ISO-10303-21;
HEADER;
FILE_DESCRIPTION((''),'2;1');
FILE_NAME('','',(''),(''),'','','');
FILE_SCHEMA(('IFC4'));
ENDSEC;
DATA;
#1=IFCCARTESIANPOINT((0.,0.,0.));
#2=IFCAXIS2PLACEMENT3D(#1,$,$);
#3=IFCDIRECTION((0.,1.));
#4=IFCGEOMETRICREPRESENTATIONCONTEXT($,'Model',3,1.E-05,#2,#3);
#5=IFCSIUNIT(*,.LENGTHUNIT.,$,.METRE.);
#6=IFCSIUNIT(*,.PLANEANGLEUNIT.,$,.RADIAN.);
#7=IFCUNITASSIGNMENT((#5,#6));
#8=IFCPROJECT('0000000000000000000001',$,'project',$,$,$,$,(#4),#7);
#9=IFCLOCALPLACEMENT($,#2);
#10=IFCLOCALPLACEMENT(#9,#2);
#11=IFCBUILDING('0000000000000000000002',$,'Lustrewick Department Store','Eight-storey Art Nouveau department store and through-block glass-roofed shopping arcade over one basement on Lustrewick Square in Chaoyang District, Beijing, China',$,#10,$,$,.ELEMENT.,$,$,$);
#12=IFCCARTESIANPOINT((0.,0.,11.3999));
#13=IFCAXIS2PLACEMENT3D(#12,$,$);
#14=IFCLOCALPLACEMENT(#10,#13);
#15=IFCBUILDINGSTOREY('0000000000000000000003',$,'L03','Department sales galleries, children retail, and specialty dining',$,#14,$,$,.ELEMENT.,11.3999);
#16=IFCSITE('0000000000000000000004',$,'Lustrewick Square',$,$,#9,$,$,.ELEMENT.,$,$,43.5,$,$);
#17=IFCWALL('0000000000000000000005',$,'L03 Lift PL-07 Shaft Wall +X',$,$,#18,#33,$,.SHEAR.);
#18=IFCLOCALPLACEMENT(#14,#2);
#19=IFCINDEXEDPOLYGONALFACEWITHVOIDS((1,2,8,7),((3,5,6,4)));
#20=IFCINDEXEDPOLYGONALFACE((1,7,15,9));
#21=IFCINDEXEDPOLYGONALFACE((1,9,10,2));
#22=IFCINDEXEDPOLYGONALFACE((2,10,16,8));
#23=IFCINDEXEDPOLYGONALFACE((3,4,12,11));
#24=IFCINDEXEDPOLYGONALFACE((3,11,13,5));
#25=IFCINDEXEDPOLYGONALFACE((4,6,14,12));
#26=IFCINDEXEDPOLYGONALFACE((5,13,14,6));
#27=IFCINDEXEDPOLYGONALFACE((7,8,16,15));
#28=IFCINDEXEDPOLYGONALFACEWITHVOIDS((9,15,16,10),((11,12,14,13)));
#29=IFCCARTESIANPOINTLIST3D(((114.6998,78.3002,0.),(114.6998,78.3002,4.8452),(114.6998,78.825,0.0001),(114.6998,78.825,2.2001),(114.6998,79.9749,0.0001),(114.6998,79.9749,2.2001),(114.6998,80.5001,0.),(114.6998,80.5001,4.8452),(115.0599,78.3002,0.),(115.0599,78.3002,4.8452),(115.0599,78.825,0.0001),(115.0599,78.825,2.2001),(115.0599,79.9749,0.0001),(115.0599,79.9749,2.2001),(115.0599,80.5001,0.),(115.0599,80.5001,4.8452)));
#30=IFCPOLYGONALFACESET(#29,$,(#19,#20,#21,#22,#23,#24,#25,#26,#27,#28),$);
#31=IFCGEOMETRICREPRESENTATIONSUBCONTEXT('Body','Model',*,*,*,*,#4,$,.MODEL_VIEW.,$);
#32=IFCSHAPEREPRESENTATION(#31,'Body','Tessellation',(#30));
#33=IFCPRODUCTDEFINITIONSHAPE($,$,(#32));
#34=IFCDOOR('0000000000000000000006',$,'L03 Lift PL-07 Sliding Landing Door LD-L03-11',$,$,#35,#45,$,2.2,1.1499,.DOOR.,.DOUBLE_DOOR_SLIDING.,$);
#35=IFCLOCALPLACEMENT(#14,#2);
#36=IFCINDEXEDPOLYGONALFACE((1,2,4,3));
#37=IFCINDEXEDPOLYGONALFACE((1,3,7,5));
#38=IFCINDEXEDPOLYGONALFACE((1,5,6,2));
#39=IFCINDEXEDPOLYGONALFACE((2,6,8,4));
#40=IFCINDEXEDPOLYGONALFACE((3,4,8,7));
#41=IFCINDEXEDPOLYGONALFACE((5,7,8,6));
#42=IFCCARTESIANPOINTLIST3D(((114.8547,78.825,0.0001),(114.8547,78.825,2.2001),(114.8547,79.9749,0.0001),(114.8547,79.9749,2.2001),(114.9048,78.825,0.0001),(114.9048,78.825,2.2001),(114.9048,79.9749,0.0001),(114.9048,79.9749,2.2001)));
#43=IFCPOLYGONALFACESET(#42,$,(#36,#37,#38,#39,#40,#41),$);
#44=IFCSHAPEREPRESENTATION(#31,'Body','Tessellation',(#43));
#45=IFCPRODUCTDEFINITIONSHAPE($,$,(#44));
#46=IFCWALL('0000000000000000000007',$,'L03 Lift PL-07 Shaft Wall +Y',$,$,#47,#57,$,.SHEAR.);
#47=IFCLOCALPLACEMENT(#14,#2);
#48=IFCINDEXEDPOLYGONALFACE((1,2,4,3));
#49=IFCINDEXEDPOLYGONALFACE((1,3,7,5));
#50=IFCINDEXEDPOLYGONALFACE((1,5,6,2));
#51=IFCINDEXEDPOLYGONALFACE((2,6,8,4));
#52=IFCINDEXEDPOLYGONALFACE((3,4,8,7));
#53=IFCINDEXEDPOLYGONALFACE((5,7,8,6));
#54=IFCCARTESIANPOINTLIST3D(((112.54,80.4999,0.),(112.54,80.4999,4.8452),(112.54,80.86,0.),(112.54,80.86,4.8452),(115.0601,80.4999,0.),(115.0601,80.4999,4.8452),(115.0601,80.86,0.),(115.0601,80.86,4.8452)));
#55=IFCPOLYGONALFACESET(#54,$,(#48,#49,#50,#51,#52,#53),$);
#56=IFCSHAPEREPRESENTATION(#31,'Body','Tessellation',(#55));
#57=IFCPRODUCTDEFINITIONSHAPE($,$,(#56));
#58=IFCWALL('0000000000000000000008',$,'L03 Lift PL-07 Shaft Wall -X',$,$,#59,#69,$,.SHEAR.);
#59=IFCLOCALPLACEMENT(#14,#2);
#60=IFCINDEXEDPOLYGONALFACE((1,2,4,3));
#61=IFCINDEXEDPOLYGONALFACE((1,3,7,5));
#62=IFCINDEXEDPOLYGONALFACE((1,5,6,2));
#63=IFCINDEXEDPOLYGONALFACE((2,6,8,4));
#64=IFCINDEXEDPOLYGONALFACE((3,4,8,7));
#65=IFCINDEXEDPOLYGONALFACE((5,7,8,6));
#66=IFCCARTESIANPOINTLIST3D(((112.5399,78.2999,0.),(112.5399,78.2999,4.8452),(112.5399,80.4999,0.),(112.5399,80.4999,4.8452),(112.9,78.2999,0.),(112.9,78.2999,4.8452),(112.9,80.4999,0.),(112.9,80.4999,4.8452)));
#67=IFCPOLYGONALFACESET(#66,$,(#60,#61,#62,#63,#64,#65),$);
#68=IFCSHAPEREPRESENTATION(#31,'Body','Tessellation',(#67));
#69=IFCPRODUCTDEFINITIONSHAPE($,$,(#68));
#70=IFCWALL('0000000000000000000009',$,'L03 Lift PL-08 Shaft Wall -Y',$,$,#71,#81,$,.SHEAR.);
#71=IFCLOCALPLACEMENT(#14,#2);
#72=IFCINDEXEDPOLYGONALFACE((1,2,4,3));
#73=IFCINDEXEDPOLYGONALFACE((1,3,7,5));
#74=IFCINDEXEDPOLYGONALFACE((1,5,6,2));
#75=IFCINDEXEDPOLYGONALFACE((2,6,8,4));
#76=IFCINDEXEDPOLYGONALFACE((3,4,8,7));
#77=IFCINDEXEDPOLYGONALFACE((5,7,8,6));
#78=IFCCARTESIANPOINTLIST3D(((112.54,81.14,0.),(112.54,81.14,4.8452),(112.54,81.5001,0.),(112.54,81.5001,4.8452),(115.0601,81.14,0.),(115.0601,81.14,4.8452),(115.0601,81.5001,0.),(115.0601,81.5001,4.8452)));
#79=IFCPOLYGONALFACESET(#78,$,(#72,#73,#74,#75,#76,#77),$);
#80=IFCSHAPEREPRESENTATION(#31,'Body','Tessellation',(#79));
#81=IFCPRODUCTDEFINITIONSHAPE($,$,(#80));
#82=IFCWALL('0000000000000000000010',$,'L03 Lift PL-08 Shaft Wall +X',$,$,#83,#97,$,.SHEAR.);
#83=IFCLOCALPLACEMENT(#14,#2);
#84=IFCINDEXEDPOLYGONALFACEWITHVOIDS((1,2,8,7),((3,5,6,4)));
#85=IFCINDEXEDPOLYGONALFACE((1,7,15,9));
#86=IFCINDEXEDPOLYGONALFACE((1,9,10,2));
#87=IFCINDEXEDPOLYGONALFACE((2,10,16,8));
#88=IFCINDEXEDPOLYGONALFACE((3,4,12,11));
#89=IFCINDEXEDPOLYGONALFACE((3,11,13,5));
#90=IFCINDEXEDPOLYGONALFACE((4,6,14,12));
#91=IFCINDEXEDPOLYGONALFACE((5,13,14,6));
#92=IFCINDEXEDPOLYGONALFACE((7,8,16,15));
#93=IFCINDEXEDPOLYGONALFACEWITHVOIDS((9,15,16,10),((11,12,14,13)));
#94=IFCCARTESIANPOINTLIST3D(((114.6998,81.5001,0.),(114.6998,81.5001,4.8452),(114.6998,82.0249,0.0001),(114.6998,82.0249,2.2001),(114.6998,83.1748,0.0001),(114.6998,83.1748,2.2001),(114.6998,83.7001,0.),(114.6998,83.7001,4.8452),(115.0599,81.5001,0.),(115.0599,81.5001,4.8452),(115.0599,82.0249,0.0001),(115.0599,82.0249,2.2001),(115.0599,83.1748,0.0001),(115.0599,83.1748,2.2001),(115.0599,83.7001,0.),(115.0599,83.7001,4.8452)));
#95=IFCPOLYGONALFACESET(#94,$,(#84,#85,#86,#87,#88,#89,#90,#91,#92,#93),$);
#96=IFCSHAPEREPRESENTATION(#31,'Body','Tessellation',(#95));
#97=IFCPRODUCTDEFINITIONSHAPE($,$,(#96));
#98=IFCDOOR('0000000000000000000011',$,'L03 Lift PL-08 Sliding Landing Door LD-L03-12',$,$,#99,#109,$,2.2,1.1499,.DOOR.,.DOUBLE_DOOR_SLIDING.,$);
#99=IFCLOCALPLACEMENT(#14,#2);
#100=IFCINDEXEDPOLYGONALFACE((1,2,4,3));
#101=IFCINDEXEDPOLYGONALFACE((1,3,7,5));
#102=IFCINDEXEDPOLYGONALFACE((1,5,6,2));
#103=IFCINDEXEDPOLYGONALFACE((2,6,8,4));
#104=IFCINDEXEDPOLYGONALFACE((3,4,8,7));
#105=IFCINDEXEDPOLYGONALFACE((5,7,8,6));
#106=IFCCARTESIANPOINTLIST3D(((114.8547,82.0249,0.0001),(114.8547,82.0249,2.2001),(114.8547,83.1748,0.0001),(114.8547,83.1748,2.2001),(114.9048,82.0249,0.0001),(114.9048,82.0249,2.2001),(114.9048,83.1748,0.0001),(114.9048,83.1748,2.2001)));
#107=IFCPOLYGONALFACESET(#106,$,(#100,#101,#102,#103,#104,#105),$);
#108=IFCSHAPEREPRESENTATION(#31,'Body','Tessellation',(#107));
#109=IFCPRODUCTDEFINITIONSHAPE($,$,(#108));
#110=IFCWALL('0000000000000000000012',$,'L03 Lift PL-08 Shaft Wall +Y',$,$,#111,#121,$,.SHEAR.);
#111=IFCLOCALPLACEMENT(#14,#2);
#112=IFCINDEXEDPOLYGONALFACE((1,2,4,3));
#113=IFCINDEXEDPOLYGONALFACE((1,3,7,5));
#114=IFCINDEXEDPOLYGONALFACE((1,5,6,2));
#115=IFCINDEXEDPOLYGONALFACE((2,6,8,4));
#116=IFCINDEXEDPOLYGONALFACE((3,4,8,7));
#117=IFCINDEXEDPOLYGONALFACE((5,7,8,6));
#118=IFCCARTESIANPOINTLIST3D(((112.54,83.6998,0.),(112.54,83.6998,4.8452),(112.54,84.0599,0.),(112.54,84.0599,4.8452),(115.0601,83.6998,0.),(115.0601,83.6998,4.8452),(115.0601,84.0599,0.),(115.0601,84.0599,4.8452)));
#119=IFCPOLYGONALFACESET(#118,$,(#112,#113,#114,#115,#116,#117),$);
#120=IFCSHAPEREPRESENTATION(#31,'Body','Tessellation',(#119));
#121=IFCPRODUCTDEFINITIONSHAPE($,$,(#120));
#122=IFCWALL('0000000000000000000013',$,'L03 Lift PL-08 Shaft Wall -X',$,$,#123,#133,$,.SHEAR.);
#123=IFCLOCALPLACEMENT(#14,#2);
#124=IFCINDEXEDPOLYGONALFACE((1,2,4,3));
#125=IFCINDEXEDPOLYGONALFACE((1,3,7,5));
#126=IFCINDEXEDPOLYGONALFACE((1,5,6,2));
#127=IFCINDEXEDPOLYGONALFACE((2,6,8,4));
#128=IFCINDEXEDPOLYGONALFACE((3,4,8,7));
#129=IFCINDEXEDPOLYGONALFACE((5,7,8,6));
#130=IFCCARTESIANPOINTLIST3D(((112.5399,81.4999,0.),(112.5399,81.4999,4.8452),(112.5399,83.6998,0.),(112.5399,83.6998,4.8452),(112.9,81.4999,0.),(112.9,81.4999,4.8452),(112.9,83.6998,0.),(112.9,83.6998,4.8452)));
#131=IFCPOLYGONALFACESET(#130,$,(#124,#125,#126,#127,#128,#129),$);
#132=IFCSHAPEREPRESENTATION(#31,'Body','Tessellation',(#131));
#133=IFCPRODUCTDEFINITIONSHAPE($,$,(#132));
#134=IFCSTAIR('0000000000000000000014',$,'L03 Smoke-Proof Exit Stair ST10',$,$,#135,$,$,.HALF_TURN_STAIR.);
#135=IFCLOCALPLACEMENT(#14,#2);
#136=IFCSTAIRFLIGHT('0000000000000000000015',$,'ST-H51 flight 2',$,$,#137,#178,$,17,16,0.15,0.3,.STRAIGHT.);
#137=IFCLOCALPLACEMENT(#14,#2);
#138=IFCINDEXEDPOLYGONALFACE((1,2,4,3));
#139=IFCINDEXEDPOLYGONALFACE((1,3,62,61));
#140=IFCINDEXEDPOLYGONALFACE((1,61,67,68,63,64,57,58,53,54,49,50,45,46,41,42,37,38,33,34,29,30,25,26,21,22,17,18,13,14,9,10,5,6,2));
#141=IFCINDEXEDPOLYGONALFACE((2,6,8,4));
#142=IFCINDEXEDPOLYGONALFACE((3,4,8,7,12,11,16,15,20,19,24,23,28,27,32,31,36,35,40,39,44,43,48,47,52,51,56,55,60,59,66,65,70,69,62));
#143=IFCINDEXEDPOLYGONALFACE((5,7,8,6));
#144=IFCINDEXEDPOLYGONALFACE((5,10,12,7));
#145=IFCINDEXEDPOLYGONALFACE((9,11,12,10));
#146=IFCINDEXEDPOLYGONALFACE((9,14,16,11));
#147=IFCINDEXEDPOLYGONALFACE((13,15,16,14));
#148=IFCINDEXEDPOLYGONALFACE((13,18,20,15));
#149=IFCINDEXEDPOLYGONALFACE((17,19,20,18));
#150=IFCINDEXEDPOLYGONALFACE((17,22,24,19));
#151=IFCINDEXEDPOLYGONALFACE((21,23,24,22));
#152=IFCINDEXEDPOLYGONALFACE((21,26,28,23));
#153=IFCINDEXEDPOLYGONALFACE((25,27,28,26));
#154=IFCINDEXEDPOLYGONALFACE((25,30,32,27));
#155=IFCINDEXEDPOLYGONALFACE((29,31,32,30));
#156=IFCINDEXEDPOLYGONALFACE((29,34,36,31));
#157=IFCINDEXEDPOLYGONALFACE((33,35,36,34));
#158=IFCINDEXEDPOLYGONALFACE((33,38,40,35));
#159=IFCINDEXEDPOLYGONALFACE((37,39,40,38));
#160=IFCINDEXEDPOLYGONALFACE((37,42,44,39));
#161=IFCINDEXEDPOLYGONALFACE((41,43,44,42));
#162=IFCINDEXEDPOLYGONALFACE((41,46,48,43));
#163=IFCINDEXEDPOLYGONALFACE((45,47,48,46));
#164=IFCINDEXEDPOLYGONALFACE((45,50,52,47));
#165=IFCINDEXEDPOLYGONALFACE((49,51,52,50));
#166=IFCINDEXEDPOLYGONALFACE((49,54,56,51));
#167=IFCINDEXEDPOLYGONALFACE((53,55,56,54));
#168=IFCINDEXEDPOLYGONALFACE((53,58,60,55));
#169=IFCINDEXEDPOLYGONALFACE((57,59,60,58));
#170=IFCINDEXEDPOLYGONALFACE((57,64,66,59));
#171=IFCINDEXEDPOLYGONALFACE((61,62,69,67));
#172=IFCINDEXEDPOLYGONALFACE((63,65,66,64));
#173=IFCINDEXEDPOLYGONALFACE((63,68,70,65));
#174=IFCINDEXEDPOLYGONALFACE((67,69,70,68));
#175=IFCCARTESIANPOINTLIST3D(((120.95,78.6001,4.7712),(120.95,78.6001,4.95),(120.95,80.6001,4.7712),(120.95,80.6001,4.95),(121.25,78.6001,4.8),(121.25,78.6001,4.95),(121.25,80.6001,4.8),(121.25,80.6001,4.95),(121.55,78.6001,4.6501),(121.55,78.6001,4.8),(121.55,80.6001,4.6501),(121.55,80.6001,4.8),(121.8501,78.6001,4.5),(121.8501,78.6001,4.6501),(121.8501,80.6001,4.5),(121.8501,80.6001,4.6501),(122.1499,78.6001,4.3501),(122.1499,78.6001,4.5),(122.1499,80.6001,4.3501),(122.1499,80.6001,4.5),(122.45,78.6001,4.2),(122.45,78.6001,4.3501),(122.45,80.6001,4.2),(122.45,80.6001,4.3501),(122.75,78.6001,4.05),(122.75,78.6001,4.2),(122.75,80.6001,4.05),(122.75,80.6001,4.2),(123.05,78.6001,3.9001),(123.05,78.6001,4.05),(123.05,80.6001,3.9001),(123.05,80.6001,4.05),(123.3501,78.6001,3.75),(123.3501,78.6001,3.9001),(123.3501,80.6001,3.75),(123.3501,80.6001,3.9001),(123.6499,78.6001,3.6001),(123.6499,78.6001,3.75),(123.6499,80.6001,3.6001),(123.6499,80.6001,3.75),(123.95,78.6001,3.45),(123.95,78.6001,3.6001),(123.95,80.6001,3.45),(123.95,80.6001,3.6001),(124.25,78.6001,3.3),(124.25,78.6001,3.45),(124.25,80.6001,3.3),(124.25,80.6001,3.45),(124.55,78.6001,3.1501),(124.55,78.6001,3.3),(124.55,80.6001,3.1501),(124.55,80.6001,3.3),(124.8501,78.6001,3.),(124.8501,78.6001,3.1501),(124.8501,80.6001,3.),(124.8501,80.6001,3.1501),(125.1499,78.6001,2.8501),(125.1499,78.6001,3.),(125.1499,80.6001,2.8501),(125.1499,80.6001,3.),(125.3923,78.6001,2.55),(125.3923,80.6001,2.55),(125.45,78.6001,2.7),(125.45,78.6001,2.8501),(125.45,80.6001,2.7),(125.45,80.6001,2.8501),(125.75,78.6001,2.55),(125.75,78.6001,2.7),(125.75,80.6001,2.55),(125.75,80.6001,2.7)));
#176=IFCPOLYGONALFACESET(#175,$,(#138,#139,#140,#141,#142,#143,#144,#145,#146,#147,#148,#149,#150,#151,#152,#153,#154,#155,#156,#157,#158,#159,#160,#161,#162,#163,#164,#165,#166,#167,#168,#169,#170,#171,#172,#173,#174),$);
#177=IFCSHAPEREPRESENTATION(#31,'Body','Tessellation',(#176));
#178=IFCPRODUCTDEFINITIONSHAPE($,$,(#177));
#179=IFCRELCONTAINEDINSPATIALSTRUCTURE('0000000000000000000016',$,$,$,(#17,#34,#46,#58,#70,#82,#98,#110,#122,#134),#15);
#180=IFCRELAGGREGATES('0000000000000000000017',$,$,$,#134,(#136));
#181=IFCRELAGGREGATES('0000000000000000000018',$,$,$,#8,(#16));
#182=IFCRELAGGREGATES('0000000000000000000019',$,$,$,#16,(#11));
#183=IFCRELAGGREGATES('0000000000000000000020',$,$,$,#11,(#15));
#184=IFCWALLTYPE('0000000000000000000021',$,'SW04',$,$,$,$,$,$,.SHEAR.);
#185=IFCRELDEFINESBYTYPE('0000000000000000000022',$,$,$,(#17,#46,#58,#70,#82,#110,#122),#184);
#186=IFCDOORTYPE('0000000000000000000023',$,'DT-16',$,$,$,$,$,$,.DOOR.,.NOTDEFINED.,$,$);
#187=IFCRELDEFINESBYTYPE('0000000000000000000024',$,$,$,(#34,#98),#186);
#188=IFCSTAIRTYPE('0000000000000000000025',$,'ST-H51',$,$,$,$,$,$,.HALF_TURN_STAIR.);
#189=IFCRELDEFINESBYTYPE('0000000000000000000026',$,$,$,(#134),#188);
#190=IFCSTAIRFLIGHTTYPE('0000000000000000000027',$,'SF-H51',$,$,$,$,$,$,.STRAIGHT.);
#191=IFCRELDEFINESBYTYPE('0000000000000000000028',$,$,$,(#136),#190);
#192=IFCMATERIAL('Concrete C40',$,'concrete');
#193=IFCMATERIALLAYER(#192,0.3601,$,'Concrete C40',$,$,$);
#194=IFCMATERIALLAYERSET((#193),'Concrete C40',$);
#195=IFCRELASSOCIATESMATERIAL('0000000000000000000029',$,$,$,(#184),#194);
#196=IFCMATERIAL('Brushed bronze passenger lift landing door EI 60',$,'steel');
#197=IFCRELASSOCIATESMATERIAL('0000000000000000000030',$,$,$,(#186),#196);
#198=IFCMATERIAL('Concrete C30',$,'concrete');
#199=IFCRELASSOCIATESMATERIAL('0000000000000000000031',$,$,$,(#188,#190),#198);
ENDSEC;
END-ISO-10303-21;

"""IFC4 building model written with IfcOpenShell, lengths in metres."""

from ifc_helpers import new_model, si_unit, direction, frame, frame_2d, origin, place, context, subcontext, project, spatial, polyline, rectangle, outline, extrude, material, layer, layer_set, type_object, element, fill, aggregate, save


model = new_model("IFC4")

# Units and contexts
model_context = context("Model", 3, precision=1e-05, world=origin(), true_north=direction((0.0, 1.0)))
body_context = subcontext(model_context, "Body", "Model", "MODEL_VIEW")
ifc_project = project(units=[si_unit("LENGTHUNIT", "METRE"), si_unit("PLANEANGLEUNIT", "RADIAN")], contexts=[model_context])

# Site, building, storey
site_placement = place(None, origin())
site = spatial("IfcSite", under=ifc_project, at=site_placement, Name="Lustrewick Square", CompositionType="ELEMENT", RefElevation=43.5)
building_placement = place(site_placement, origin())
building = spatial("IfcBuilding", under=site, at=building_placement, Name="Lustrewick Department Store", Description="Eight-storey Art Nouveau department store and through-block glass-roofed shopping arcade over one basement on Lustrewick Square in Chaoyang District, Beijing, China", CompositionType="ELEMENT")
storey_placement = place(building_placement, frame((0.0, 0.0, 11.3999)))
storey = spatial("IfcBuildingStorey", under=building, at=storey_placement, Name="L03", Description="Department sales galleries, children retail, and specialty dining", CompositionType="ELEMENT", Elevation=11.3999)

# Wall, opening, door
ifc_material_1 = material(Name="Concrete C40", Category="concrete")
ifc_layer_1 = layer(ifc_material_1, 0.3601, Name="Concrete C40")
ifc_layer_set_1 = layer_set([ifc_layer_1], Name="Concrete C40")
wall_type_1 = type_object("IfcWallType", Name="SW04", PredefinedType="SHEAR", material=ifc_layer_set_1)
wall_1_placement = place(storey_placement, frame((114.8799, 78.3, 0.0), z_axis=(0.0, 0.0, 1.0), x_axis=(0.0, 1.0, 0.0)))
wall_1 = element("IfcWall", 1, at=wall_1_placement, inside=storey, type_object=wall_type_1, Name="L03 Lift PL-07 Shaft Wall +X", PredefinedType="SHEAR", context=body_context, shape_type="SweptSolid", body=[
    extrude(rectangle(XDim=2.2, YDim=0.3601, at=frame_2d((1.1001, 0.0))), origin(), (0.0, 0.0, 1.0), 4.8452),
])
opening_1_placement = place(wall_1_placement, frame((0.5249, 0.0, 0.0)))
opening_1 = element("IfcOpeningElement", 2, at=opening_1_placement, cuts=wall_1, PredefinedType="OPENING", context=body_context, shape_type="SweptSolid", body=[
    extrude(rectangle(XDim=1.1499, YDim=2.2, at=frame_2d((0.575, 1.1001))), frame((0.0, 0.1899, 0.0), z_axis=(0.0, -1.0, 0.0), x_axis=(1.0, 0.0, 0.0)), (0.0, 0.0, 1.0), 0.3801),
])
ifc_material_2 = material(Name="Brushed bronze passenger lift landing door EI 60", Category="steel")
door_type_1 = type_object("IfcDoorType", Name="DT-16", OperationType="NOTDEFINED", PredefinedType="DOOR", material=ifc_material_2)
door_1_placement = place(opening_1_placement, frame((1.1499, 0.0, 0.0), z_axis=(0.0, 0.0, 1.0), x_axis=(-1.0, 0.0, 0.0)))
door_1 = element("IfcDoor", 3, at=door_1_placement, inside=storey, type_object=door_type_1, Name="L03 Lift PL-07 Sliding Landing Door LD-L03-11", OperationType="DOUBLE_DOOR_SLIDING", OverallHeight=2.2, OverallWidth=1.1499, PredefinedType="DOOR", context=body_context, shape_type="SweptSolid", body=[
    extrude(rectangle(XDim=1.1499, YDim=2.2, at=frame_2d((0.575, 1.1001))), frame((0.0, 0.0249, 0.0), z_axis=(0.0, -1.0, 0.0), x_axis=(1.0, 0.0, 0.0)), (0.0, 0.0, 1.0), 0.05),
])
fill(opening_1, door_1)

# Walls
wall_2_placement = place(storey_placement, frame((115.0601, 80.6799, 0.0), z_axis=(0.0, 0.0, 1.0), x_axis=(-1.0, 0.0, 0.0)))
element("IfcWall", 4, at=wall_2_placement, inside=storey, type_object=wall_type_1, Name="L03 Lift PL-07 Shaft Wall +Y", PredefinedType="SHEAR", context=body_context, shape_type="SweptSolid", body=[
    extrude(rectangle(XDim=2.52, YDim=0.3601, at=frame_2d((1.26, 0.0))), origin(), (0.0, 0.0, 1.0), 4.8452),
])
wall_3_placement = place(storey_placement, frame((112.72, 80.5, 0.0), z_axis=(0.0, 0.0, 1.0), x_axis=(0.0, -1.0, 0.0)))
element("IfcWall", 5, at=wall_3_placement, inside=storey, type_object=wall_type_1, Name="L03 Lift PL-07 Shaft Wall -X", PredefinedType="SHEAR", context=body_context, shape_type="SweptSolid", body=[
    extrude(rectangle(XDim=2.2, YDim=0.3601, at=frame_2d((1.1001, 0.0))), origin(), (0.0, 0.0, 1.0), 4.8452),
])
wall_4_placement = place(storey_placement, frame((112.54, 81.3201, 0.0), z_axis=(0.0, 0.0, 1.0), x_axis=(1.0, 0.0, 0.0)))
element("IfcWall", 6, at=wall_4_placement, inside=storey, type_object=wall_type_1, Name="L03 Lift PL-08 Shaft Wall -Y", PredefinedType="SHEAR", context=body_context, shape_type="SweptSolid", body=[
    extrude(rectangle(XDim=2.52, YDim=0.3601, at=frame_2d((1.26, 0.0))), origin(), (0.0, 0.0, 1.0), 4.8452),
])

# Wall, opening, door
wall_5_placement = place(storey_placement, frame((114.8799, 81.5, 0.0), z_axis=(0.0, 0.0, 1.0), x_axis=(0.0, 1.0, 0.0)))
wall_5 = element("IfcWall", 7, at=wall_5_placement, inside=storey, type_object=wall_type_1, Name="L03 Lift PL-08 Shaft Wall +X", PredefinedType="SHEAR", context=body_context, shape_type="SweptSolid", body=[
    extrude(rectangle(XDim=2.2, YDim=0.3601, at=frame_2d((1.1001, 0.0))), origin(), (0.0, 0.0, 1.0), 4.8452),
])
opening_2_placement = place(wall_5_placement, frame((0.5249, 0.0, 0.0)))
opening_2 = element("IfcOpeningElement", 8, at=opening_2_placement, cuts=wall_5, PredefinedType="OPENING", context=body_context, shape_type="SweptSolid", body=[
    extrude(rectangle(XDim=1.1499, YDim=2.2, at=frame_2d((0.575, 1.1001))), frame((0.0, 0.1899, 0.0), z_axis=(0.0, -1.0, 0.0), x_axis=(1.0, 0.0, 0.0)), (0.0, 0.0, 1.0), 0.3801),
])
door_2_placement = place(opening_2_placement, frame((1.1499, 0.0, 0.0), z_axis=(0.0, 0.0, 1.0), x_axis=(-1.0, 0.0, 0.0)))
door_2 = element("IfcDoor", 9, at=door_2_placement, inside=storey, type_object=door_type_1, Name="L03 Lift PL-08 Sliding Landing Door LD-L03-12", OperationType="DOUBLE_DOOR_SLIDING", OverallHeight=2.2, OverallWidth=1.1499, PredefinedType="DOOR", context=body_context, shape_type="SweptSolid", body=[
    extrude(rectangle(XDim=1.1499, YDim=2.2, at=frame_2d((0.575, 1.1001))), frame((0.0, 0.0249, 0.0), z_axis=(0.0, -1.0, 0.0), x_axis=(1.0, 0.0, 0.0)), (0.0, 0.0, 1.0), 0.05),
])
fill(opening_2, door_2)

# Walls
wall_6_placement = place(storey_placement, frame((115.0601, 83.8799, 0.0), z_axis=(0.0, 0.0, 1.0), x_axis=(-1.0, 0.0, 0.0)))
element("IfcWall", 10, at=wall_6_placement, inside=storey, type_object=wall_type_1, Name="L03 Lift PL-08 Shaft Wall +Y", PredefinedType="SHEAR", context=body_context, shape_type="SweptSolid", body=[
    extrude(rectangle(XDim=2.52, YDim=0.3601, at=frame_2d((1.26, 0.0))), origin(), (0.0, 0.0, 1.0), 4.8452),
])
wall_7_placement = place(storey_placement, frame((112.72, 83.7, 0.0), z_axis=(0.0, 0.0, 1.0), x_axis=(0.0, -1.0, 0.0)))
element("IfcWall", 11, at=wall_7_placement, inside=storey, type_object=wall_type_1, Name="L03 Lift PL-08 Shaft Wall -X", PredefinedType="SHEAR", context=body_context, shape_type="SweptSolid", body=[
    extrude(rectangle(XDim=2.2, YDim=0.3601, at=frame_2d((1.1001, 0.0))), origin(), (0.0, 0.0, 1.0), 4.8452),
])

# Stair, stair flight
ifc_material_3 = material(Name="Concrete C30", Category="concrete")
stair_type = type_object("IfcStairType", Name="ST-H51", PredefinedType="HALF_TURN_STAIR", material=ifc_material_3)
stair_placement = place(storey_placement, origin())
stair = element("IfcStair", 12, at=stair_placement, inside=storey, type_object=stair_type, Name="L03 Smoke-Proof Exit Stair ST10", PredefinedType="HALF_TURN_STAIR")
stair_flight_type = type_object("IfcStairFlightType", Name="SF-H51", PredefinedType="STRAIGHT", material=ifc_material_3)
stair_flight_placement = place(storey_placement, frame((125.75, 79.6001, 2.55), z_axis=(0.0, 0.0, 1.0), x_axis=(-1.0, 0.0, 0.0)))
stair_flight = element("IfcStairFlight", 13, at=stair_flight_placement, type_object=stair_flight_type, Name="ST-H51 flight 2", NumberOfRisers=17, NumberOfTreads=16, PredefinedType="STRAIGHT", RiserHeight=0.15, TreadLength=0.3, context=body_context, shape_type="SweptSolid", body=[
    extrude(outline(polyline([(0.0, 0.0), (0.0, 0.1499), (0.3, 0.1499), (0.3, 0.3), (0.6001, 0.3), (0.6001, 0.45), (0.8999, 0.45), (0.8999, 0.6001), (1.2, 0.6001), (1.2, 0.75), (1.5, 0.75), (1.5, 0.8999), (1.8, 0.8999), (1.8, 1.05), (2.1001, 1.05), (2.1001, 1.2), (2.3999, 1.2), (2.3999, 1.3501), (2.7, 1.3501), (2.7, 1.5), (3.0, 1.5), (3.0, 1.6499), (3.3, 1.6499), (3.3, 1.8), (3.6001, 1.8), (3.6001, 1.95), (3.8999, 1.95), (3.8999, 2.1001), (4.2, 2.1001), (4.2, 2.25), (4.5, 2.25), (4.5, 2.3999), (4.8, 2.3999), (4.8, 2.55), (4.8, 2.2212), (0.3577, 0.0), (0.0, 0.0)])), frame((0.0, 1.0, 0.0), z_axis=(0.0, -1.0, 0.0), x_axis=(1.0, 0.0, 0.0)), (0.0, 0.0, 1.0), 2.0),
])
aggregate(stair, [stair_flight])

save(model, "model.ifc")
